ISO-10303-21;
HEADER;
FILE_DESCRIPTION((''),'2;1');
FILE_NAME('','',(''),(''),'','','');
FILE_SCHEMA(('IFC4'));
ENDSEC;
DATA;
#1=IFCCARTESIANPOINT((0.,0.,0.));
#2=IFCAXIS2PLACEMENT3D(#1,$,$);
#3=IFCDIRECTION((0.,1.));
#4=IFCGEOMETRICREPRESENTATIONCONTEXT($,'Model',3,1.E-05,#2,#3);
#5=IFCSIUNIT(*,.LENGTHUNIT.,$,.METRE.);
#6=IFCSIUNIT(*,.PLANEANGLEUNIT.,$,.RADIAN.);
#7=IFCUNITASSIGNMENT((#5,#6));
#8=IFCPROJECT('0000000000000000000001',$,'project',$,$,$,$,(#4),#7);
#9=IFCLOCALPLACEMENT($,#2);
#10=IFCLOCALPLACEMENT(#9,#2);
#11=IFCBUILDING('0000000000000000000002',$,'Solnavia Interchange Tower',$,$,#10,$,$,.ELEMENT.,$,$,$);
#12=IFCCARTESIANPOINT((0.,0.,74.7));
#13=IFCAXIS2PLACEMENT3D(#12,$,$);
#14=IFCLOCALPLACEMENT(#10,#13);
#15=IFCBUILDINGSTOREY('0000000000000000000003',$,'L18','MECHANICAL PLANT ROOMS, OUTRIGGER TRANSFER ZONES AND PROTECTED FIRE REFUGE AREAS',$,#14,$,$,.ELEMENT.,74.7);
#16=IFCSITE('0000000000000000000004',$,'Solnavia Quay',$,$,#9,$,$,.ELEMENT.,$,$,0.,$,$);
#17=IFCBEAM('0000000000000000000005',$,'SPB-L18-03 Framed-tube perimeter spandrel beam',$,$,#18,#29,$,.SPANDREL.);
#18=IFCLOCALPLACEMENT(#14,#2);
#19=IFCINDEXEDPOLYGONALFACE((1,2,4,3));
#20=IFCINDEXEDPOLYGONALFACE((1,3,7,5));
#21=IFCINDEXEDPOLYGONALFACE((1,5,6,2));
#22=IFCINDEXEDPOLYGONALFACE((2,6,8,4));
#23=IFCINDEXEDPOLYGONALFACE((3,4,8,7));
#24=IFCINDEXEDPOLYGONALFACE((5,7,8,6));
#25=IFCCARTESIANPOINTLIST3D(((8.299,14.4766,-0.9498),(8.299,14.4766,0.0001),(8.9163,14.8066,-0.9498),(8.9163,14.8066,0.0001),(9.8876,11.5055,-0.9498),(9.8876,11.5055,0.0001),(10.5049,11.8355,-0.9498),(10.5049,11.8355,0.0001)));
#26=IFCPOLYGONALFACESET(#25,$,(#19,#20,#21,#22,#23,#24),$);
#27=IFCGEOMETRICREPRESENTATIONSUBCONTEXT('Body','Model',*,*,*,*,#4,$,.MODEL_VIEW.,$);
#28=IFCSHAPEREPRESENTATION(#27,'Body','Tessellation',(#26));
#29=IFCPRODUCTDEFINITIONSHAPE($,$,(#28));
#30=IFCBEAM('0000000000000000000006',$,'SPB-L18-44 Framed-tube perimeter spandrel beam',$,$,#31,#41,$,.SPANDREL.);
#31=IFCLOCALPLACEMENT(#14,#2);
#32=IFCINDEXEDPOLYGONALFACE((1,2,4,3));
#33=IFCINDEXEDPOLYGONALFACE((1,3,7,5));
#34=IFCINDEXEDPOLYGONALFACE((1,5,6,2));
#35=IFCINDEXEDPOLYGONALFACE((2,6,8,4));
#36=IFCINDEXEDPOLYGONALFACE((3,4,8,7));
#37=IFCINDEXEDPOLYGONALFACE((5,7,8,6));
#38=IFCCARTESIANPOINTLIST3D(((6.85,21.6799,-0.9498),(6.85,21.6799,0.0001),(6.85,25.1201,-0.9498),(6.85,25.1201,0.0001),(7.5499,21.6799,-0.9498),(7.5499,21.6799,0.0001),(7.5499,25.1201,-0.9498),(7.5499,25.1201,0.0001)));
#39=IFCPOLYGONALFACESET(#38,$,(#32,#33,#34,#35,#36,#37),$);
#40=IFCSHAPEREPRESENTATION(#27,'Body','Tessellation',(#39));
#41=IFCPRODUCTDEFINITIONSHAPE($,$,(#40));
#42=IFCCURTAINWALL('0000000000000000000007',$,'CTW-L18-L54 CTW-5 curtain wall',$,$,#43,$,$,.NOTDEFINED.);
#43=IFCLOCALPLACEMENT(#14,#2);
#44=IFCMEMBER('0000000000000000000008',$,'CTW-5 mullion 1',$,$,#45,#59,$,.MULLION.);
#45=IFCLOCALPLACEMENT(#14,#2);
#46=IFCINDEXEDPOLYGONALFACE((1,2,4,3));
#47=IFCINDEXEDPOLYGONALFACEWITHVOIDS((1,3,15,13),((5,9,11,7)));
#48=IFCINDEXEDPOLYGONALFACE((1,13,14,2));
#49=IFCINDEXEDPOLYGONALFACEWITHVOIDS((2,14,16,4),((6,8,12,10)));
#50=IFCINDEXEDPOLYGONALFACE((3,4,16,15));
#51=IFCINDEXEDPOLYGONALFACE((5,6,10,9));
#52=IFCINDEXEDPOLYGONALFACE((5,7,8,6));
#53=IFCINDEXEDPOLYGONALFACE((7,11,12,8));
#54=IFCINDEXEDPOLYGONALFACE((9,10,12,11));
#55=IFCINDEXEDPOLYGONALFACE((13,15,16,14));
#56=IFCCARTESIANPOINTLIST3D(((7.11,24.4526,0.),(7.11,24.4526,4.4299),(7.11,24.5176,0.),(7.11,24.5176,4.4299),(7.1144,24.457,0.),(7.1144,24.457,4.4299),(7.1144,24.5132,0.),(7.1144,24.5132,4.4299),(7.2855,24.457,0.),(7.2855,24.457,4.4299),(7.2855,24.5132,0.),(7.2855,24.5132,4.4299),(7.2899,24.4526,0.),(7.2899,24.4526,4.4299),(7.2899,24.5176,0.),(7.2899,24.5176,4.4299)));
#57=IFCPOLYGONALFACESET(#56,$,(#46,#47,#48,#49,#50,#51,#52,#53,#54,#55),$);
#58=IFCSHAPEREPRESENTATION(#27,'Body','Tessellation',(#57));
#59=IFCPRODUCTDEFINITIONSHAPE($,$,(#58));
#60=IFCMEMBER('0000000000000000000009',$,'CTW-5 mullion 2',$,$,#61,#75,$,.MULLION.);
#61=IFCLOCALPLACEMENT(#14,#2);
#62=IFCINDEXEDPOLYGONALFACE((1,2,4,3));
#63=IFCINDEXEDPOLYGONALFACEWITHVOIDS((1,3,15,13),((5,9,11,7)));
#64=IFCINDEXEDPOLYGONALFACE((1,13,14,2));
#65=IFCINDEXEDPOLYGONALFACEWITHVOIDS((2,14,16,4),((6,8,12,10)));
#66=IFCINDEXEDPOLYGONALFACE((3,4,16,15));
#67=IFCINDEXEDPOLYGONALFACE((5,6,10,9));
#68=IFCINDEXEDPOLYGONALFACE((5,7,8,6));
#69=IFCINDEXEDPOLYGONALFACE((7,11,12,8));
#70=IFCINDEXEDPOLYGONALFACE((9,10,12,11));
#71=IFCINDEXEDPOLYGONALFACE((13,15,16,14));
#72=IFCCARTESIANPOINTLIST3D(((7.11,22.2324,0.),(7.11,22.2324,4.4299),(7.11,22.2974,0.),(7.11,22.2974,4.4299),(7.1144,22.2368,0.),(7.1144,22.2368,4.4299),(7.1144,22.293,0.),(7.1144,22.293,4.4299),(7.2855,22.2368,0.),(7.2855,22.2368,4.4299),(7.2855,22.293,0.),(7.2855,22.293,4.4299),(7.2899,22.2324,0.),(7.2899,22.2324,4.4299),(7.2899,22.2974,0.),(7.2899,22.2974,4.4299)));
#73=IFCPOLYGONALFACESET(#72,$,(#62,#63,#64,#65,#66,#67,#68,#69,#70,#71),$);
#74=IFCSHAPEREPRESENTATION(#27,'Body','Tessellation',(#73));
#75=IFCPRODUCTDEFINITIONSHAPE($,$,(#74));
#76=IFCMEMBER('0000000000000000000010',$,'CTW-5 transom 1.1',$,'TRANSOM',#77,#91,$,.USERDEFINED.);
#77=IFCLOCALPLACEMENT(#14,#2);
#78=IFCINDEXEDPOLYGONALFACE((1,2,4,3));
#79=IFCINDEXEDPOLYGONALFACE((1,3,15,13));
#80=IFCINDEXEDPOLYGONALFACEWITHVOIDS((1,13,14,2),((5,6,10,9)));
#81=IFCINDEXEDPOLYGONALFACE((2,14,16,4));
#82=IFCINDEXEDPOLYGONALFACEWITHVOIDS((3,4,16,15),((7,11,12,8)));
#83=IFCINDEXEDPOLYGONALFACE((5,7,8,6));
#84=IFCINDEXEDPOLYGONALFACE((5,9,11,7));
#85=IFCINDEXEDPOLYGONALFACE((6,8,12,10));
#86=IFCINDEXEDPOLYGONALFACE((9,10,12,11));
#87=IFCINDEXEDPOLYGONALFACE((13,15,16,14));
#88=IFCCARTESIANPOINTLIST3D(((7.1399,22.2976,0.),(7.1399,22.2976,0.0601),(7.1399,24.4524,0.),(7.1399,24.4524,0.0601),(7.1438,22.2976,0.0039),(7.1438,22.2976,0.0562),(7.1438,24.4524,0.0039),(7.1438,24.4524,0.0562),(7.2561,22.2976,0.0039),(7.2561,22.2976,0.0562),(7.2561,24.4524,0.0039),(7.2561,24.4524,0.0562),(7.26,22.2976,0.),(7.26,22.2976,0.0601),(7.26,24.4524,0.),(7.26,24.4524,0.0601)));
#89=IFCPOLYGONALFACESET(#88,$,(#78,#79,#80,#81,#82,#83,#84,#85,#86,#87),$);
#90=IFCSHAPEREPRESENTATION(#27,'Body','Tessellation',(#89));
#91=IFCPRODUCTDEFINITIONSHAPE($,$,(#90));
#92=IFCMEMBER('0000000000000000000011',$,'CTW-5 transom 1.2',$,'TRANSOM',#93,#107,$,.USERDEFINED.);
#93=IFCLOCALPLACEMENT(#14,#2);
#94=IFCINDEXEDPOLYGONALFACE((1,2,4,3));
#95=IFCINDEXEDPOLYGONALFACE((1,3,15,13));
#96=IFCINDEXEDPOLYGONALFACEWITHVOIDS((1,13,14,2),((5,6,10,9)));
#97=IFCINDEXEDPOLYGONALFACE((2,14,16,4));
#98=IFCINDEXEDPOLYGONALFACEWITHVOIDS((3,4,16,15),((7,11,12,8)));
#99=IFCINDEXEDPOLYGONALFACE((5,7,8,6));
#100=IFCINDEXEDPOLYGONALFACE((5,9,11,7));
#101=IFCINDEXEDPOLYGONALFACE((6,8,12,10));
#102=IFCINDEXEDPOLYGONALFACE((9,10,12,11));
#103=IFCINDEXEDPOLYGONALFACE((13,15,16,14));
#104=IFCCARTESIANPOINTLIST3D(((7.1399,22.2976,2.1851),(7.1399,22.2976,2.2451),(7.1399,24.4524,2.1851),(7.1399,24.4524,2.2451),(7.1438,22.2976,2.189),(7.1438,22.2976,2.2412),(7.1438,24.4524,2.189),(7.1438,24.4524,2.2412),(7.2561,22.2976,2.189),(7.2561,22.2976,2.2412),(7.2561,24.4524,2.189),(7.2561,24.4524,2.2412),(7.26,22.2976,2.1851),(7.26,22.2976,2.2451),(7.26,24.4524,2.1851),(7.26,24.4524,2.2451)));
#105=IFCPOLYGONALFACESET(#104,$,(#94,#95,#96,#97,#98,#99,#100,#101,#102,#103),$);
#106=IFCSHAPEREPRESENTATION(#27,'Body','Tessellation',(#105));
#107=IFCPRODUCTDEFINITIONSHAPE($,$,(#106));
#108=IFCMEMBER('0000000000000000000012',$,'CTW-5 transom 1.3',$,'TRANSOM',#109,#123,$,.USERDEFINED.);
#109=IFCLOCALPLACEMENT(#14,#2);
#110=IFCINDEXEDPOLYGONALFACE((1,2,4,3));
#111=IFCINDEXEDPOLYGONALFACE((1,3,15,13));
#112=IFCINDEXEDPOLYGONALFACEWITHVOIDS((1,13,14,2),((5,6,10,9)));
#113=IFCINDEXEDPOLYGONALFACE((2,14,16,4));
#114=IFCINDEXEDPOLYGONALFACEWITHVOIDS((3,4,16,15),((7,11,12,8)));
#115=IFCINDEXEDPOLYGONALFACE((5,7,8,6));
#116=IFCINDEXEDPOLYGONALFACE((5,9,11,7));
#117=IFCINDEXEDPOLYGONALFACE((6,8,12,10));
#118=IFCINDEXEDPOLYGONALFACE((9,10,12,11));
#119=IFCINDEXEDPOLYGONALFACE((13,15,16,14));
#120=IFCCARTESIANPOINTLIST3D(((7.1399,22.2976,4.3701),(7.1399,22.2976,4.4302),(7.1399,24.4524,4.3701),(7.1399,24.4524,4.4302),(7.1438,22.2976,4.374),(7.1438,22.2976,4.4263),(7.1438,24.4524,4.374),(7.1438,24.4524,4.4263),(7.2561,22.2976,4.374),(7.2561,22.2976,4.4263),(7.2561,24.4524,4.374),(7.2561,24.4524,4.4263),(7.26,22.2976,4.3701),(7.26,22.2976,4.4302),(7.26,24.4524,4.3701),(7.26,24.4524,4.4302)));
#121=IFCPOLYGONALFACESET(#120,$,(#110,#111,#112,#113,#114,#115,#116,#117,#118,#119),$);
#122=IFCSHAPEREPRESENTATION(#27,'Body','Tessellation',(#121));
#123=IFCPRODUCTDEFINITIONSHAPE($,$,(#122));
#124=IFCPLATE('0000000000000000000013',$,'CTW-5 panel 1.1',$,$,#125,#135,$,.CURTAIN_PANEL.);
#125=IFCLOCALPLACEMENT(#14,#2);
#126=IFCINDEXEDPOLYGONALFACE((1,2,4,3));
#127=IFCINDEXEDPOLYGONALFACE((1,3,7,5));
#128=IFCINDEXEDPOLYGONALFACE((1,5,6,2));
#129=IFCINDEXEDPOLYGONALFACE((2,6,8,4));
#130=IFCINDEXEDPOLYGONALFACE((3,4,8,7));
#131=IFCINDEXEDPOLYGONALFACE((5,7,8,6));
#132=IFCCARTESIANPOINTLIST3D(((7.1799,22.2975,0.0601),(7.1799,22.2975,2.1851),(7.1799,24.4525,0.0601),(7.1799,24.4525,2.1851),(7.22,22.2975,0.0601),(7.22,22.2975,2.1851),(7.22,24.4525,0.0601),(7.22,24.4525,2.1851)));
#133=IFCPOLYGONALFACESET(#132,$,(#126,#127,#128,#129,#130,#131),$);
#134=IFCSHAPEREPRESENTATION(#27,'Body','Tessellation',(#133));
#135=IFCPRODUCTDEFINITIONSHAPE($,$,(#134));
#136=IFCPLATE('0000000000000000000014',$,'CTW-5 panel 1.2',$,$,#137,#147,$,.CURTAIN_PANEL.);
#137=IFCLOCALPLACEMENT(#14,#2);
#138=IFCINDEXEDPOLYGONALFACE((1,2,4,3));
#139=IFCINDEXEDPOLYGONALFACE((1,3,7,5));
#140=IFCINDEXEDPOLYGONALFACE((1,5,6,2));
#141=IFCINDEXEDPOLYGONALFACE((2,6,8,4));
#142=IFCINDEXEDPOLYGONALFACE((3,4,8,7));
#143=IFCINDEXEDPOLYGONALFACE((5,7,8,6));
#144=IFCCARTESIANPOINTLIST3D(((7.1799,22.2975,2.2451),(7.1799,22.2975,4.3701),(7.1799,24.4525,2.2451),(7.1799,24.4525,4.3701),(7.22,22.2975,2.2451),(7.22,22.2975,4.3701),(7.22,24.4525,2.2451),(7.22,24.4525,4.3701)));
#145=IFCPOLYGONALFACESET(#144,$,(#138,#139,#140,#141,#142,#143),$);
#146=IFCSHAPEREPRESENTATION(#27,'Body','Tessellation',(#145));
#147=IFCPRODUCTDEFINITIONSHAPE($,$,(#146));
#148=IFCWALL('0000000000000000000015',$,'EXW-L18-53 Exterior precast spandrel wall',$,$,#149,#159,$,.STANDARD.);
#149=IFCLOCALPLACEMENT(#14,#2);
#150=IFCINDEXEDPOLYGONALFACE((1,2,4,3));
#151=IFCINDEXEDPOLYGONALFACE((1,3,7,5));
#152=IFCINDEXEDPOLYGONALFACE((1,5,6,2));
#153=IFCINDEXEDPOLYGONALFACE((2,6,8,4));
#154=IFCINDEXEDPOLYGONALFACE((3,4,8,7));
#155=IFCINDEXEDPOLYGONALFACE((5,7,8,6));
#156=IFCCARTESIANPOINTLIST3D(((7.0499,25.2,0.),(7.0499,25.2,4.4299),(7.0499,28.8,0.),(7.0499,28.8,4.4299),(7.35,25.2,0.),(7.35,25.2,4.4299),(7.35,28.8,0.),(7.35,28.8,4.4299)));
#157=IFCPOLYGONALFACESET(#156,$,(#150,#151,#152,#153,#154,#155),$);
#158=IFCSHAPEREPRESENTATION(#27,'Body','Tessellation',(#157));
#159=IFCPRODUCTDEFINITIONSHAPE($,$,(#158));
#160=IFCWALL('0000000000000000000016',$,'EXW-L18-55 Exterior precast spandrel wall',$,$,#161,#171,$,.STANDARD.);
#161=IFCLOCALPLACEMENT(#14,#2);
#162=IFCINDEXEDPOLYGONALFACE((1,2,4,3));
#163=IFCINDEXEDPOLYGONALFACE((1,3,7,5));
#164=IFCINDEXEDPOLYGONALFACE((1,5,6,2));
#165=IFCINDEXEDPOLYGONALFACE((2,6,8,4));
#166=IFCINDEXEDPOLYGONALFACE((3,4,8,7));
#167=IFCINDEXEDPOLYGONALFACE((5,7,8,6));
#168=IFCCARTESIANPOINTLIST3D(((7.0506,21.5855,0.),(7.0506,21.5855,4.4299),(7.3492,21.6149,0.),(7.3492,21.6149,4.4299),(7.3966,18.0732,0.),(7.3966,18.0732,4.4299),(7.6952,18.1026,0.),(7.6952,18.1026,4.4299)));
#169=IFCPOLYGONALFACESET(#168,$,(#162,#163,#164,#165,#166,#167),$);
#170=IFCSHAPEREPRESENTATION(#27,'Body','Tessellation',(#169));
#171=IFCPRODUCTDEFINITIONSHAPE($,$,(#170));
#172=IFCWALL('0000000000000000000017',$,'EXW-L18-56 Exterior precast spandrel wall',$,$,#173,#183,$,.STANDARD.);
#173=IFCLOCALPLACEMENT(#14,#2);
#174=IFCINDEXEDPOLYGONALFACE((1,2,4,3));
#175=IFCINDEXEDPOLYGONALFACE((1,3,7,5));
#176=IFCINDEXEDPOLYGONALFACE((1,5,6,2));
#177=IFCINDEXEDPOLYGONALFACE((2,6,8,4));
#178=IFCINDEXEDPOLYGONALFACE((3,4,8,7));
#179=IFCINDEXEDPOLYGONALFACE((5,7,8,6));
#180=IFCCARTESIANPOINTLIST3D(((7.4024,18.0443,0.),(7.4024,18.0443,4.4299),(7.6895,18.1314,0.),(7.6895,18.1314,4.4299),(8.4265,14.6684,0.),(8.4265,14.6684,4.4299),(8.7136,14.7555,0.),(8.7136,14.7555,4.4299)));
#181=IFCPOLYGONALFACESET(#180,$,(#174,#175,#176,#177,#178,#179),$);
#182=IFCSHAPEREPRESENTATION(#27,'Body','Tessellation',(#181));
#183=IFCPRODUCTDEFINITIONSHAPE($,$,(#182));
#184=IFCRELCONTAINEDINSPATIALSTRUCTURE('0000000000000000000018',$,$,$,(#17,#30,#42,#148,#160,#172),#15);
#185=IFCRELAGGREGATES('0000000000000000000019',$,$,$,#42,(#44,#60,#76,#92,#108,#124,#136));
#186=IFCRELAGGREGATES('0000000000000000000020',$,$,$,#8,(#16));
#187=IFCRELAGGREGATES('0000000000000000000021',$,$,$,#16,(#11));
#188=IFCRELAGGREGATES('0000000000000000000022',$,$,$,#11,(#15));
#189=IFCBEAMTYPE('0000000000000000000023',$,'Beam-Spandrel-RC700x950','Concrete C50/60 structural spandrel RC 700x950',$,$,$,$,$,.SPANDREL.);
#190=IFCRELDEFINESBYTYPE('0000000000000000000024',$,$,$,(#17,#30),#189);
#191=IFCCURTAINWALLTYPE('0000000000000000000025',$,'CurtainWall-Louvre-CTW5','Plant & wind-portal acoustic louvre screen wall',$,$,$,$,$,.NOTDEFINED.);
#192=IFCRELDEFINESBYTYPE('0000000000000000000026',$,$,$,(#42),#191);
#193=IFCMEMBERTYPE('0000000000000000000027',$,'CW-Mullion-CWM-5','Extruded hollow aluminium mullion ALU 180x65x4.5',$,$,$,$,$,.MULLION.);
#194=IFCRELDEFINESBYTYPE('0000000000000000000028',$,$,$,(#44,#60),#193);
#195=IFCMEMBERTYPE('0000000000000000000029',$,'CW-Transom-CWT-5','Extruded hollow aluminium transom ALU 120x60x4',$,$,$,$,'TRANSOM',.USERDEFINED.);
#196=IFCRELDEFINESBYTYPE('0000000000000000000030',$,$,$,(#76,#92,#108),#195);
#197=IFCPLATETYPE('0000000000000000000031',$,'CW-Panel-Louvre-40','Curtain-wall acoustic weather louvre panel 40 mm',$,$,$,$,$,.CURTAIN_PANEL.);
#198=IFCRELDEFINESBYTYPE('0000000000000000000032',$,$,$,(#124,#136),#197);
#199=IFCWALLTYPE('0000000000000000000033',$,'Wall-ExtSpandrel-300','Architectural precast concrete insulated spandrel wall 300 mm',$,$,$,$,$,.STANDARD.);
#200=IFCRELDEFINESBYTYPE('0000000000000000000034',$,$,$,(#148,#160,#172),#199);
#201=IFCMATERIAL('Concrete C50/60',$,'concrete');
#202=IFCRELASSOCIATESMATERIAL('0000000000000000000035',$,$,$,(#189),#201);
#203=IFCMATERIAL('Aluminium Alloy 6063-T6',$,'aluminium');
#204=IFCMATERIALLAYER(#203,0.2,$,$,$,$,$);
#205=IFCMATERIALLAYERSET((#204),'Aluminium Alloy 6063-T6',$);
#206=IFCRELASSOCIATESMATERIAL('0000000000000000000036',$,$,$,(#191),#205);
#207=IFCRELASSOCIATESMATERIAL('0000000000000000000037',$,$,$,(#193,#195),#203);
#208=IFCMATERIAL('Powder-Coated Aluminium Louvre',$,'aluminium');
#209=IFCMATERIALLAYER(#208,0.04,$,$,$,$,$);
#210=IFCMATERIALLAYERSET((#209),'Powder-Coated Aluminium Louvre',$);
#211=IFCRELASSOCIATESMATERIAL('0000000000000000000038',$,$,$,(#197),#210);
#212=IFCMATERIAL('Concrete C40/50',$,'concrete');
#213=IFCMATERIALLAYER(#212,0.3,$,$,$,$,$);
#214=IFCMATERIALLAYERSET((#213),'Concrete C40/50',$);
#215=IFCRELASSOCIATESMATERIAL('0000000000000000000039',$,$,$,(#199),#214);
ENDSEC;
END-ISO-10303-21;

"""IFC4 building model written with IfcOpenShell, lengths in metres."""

from ifc_helpers import new_model, si_unit, direction, frame, frame_2d, origin, origin_2d, place, context, subcontext, project, spatial, rectangle, hollow_rectangle, extrude, material, layer, layer_set, material_profile, profile_set, type_object, element, aggregate, save


model = new_model("IFC4")

# Units and contexts
model_context = context("Model", 3, precision=1e-05, world=origin(), true_north=direction((0.0, 1.0)))
body_context = subcontext(model_context, "Body", "Model", "MODEL_VIEW")
ifc_project = project(units=[si_unit("LENGTHUNIT", "METRE"), si_unit("PLANEANGLEUNIT", "RADIAN")], contexts=[model_context])

# Site, building, storey
site_placement = place(None, origin())
site = spatial("IfcSite", under=ifc_project, at=site_placement, Name="Solnavia Quay", CompositionType="ELEMENT", RefElevation=0.0)
building_placement = place(site_placement, origin())
building = spatial("IfcBuilding", under=site, at=building_placement, Name="Solnavia Interchange Tower", CompositionType="ELEMENT")
storey_placement = place(building_placement, frame((0.0, 0.0, 74.7)))
storey = spatial("IfcBuildingStorey", under=building, at=storey_placement, Name="L18", Description="MECHANICAL PLANT ROOMS, OUTRIGGER TRANSFER ZONES AND PROTECTED FIRE REFUGE AREAS", CompositionType="ELEMENT", Elevation=74.7)

# Beams
ifc_material_1 = material(Name="Concrete C50/60", Category="concrete")
ifc_material_profile_1 = material_profile(ifc_material_1, rectangle(XDim=0.7, YDim=0.95, at=origin_2d()), Name="RC 700x950")
ifc_profile_set_1 = profile_set([ifc_material_profile_1], Name="Concrete C50/60")
beam_type_1 = type_object("IfcBeamType", Name="Beam-Spandrel-RC700x950", Description="Concrete C50/60 structural spandrel RC 700x950", PredefinedType="SPANDREL", material=ifc_profile_set_1)
beam_1_placement = place(storey_placement, frame((8.6077, 14.6416, -0.4749), z_axis=(0.471509, -0.881861, 0.0), x_axis=(0.881861, 0.471509, 0.0)))
element("IfcBeam", 1, at=beam_1_placement, inside=storey, type_object=beam_type_1, Name="SPB-L18-03 Framed-tube perimeter spandrel beam", PredefinedType="SPANDREL", context=body_context, shape_type="SweptSolid", body=[
    extrude(rectangle(XDim=0.7, YDim=0.95, at=origin_2d()), origin(), (0.0, 0.0, 1.0), 3.3691),
])
beam_2_placement = place(storey_placement, frame((7.2, 25.1201, -0.4749), z_axis=(0.0, -1.0, 0.0), x_axis=(1.0, 0.0, 0.0)))
element("IfcBeam", 2, at=beam_2_placement, inside=storey, type_object=beam_type_1, Name="SPB-L18-44 Framed-tube perimeter spandrel beam", PredefinedType="SPANDREL", context=body_context, shape_type="SweptSolid", body=[
    extrude(rectangle(XDim=0.7, YDim=0.95, at=origin_2d()), origin(), (0.0, 0.0, 1.0), 3.4402),
])

# Curtain wall, members, plates
ifc_material_2 = material(Name="Aluminium Alloy 6063-T6", Category="aluminium")
ifc_layer_1 = layer(ifc_material_2, 0.2)
ifc_layer_set_1 = layer_set([ifc_layer_1], Name="Aluminium Alloy 6063-T6")
curtain_wall_type = type_object("IfcCurtainWallType", Name="CurtainWall-Louvre-CTW5", Description="Plant & wind-portal acoustic louvre screen wall", PredefinedType="NOTDEFINED", material=ifc_layer_set_1)
curtain_wall_placement = place(storey_placement, origin())
curtain_wall = element("IfcCurtainWall", 3, at=curtain_wall_placement, inside=storey, type_object=curtain_wall_type, Name="CTW-L18-L54 CTW-5 curtain wall", PredefinedType="NOTDEFINED")
ifc_material_profile_2 = material_profile(ifc_material_2, hollow_rectangle(XDim=0.0649, YDim=0.1799, WallThickness=0.0044, at=origin_2d()), Name="ALU 180x65x4.5")
ifc_profile_set_2 = profile_set([ifc_material_profile_2], Name="Aluminium Alloy 6063-T6")
member_type_1 = type_object("IfcMemberType", Name="CW-Mullion-CWM-5", Description="Extruded hollow aluminium mullion ALU 180x65x4.5", PredefinedType="MULLION", material=ifc_profile_set_2)
member_1_placement = place(storey_placement, frame((7.2, 24.4851, 0.0), z_axis=(0.0, 0.0, 1.0), x_axis=(0.0, -1.0, 0.0)))
member_1 = element("IfcMember", 4, at=member_1_placement, type_object=member_type_1, Name="CTW-5 mullion 1", PredefinedType="MULLION", context=body_context, shape_type="SweptSolid", body=[
    extrude(hollow_rectangle(XDim=0.0649, YDim=0.1799, WallThickness=0.0044, at=origin_2d()), origin(), (0.0, 0.0, 1.0), 4.4299),
])
member_2_placement = place(storey_placement, frame((7.2, 22.2649, 0.0), z_axis=(0.0, 0.0, 1.0), x_axis=(0.0, -1.0, 0.0)))
member_2 = element("IfcMember", 5, at=member_2_placement, type_object=member_type_1, Name="CTW-5 mullion 2", PredefinedType="MULLION", context=body_context, shape_type="SweptSolid", body=[
    extrude(hollow_rectangle(XDim=0.0649, YDim=0.1799, WallThickness=0.0044, at=origin_2d()), origin(), (0.0, 0.0, 1.0), 4.4299),
])
ifc_material_profile_3 = material_profile(ifc_material_2, hollow_rectangle(XDim=0.0601, YDim=0.1201, WallThickness=0.0039, at=origin_2d()), Name="ALU 120x60x4")
ifc_profile_set_3 = profile_set([ifc_material_profile_3], Name="Aluminium Alloy 6063-T6")
member_type_2 = type_object("IfcMemberType", Name="CW-Transom-CWT-5", Description="Extruded hollow aluminium transom ALU 120x60x4", ElementType="TRANSOM", PredefinedType="USERDEFINED", material=ifc_profile_set_3)
member_3_placement = place(storey_placement, frame((7.2, 24.4524, 0.03), z_axis=(0.0, -1.0, 0.0), x_axis=(0.0, 0.0, 1.0)))
member_3 = element("IfcMember", 6, at=member_3_placement, type_object=member_type_2, Name="CTW-5 transom 1.1", ObjectType="TRANSOM", PredefinedType="USERDEFINED", context=body_context, shape_type="SweptSolid", body=[
    extrude(hollow_rectangle(XDim=0.0601, YDim=0.1201, WallThickness=0.0039, at=origin_2d()), origin(), (0.0, 0.0, 1.0), 2.1548),
])
member_4_placement = place(storey_placement, frame((7.2, 24.4524, 2.2151), z_axis=(0.0, -1.0, 0.0), x_axis=(0.0, 0.0, 1.0)))
member_4 = element("IfcMember", 7, at=member_4_placement, type_object=member_type_2, Name="CTW-5 transom 1.2", ObjectType="TRANSOM", PredefinedType="USERDEFINED", context=body_context, shape_type="SweptSolid", body=[
    extrude(hollow_rectangle(XDim=0.0601, YDim=0.1201, WallThickness=0.0039, at=origin_2d()), origin(), (0.0, 0.0, 1.0), 2.1548),
])
member_5_placement = place(storey_placement, frame((7.2, 24.4524, 4.4001), z_axis=(0.0, -1.0, 0.0), x_axis=(0.0, 0.0, 1.0)))
member_5 = element("IfcMember", 8, at=member_5_placement, type_object=member_type_2, Name="CTW-5 transom 1.3", ObjectType="TRANSOM", PredefinedType="USERDEFINED", context=body_context, shape_type="SweptSolid", body=[
    extrude(hollow_rectangle(XDim=0.0601, YDim=0.1201, WallThickness=0.0039, at=origin_2d()), origin(), (0.0, 0.0, 1.0), 2.1548),
])
ifc_material_3 = material(Name="Powder-Coated Aluminium Louvre", Category="aluminium")
ifc_layer_2 = layer(ifc_material_3, 0.04)
ifc_layer_set_2 = layer_set([ifc_layer_2], Name="Powder-Coated Aluminium Louvre")
plate_type = type_object("IfcPlateType", Name="CW-Panel-Louvre-40", Description="Curtain-wall acoustic weather louvre panel 40 mm", PredefinedType="CURTAIN_PANEL", material=ifc_layer_set_2)
plate_1_placement = place(storey_placement, frame((7.2, 23.375, 0.0601), z_axis=(0.0, 0.0, 1.0), x_axis=(0.0, -1.0, 0.0)))
plate_1 = element("IfcPlate", 9, at=plate_1_placement, type_object=plate_type, Name="CTW-5 panel 1.1", PredefinedType="CURTAIN_PANEL", context=body_context, shape_type="SweptSolid", body=[
    extrude(rectangle(XDim=2.155, YDim=0.04, at=origin_2d()), origin(), (0.0, 0.0, 1.0), 2.125),
])
plate_2_placement = place(storey_placement, frame((7.2, 23.375, 2.2451), z_axis=(0.0, 0.0, 1.0), x_axis=(0.0, -1.0, 0.0)))
plate_2 = element("IfcPlate", 10, at=plate_2_placement, type_object=plate_type, Name="CTW-5 panel 1.2", PredefinedType="CURTAIN_PANEL", context=body_context, shape_type="SweptSolid", body=[
    extrude(rectangle(XDim=2.155, YDim=0.04, at=origin_2d()), origin(), (0.0, 0.0, 1.0), 2.125),
])
aggregate(curtain_wall, [member_1, member_2, member_3, member_4, member_5, plate_1, plate_2])

# Walls
ifc_material_4 = material(Name="Concrete C40/50", Category="concrete")
ifc_layer_3 = layer(ifc_material_4, 0.3)
ifc_layer_set_3 = layer_set([ifc_layer_3], Name="Concrete C40/50")
wall_type_1 = type_object("IfcWallType", Name="Wall-ExtSpandrel-300", Description="Architectural precast concrete insulated spandrel wall 300 mm", PredefinedType="STANDARD", material=ifc_layer_set_3)
wall_1_placement = place(storey_placement, frame((7.2, 25.2, 0.0), z_axis=(0.0, 0.0, 1.0), x_axis=(0.0, 1.0, 0.0)))
element("IfcWall", 11, at=wall_1_placement, inside=storey, type_object=wall_type_1, Name="EXW-L18-53 Exterior precast spandrel wall", PredefinedType="STANDARD", context=body_context, shape_type="SweptSolid", body=[
    extrude(rectangle(XDim=3.6001, YDim=0.3, at=frame_2d((1.8, 0.0))), origin(), (0.0, 0.0, 1.0), 4.4299),
])
wall_2_placement = place(storey_placement, frame((7.5459, 18.0879, 0.0), z_axis=(0.0, 0.0, 1.0), x_axis=(-0.098024, 0.995184, 0.0)))
element("IfcWall", 12, at=wall_2_placement, inside=storey, type_object=wall_type_1, Name="EXW-L18-55 Exterior precast spandrel wall", PredefinedType="STANDARD", context=body_context, shape_type="SweptSolid", body=[
    extrude(rectangle(XDim=3.5293, YDim=0.3, at=frame_2d((1.7646, 0.0))), origin(), (0.0, 0.0, 1.0), 4.4299),
])
wall_3_placement = place(storey_placement, frame((8.5701, 14.7119, 0.0), z_axis=(0.0, 0.0, 1.0), x_axis=(-0.290305, 0.956934, 0.0)))
element("IfcWall", 13, at=wall_3_placement, inside=storey, type_object=wall_type_1, Name="EXW-L18-56 Exterior precast spandrel wall", PredefinedType="STANDARD", context=body_context, shape_type="SweptSolid", body=[
    extrude(rectangle(XDim=3.5278, YDim=0.3, at=frame_2d((1.7639, 0.0))), origin(), (0.0, 0.0, 1.0), 4.4299),
])

save(model, "model.ifc")
